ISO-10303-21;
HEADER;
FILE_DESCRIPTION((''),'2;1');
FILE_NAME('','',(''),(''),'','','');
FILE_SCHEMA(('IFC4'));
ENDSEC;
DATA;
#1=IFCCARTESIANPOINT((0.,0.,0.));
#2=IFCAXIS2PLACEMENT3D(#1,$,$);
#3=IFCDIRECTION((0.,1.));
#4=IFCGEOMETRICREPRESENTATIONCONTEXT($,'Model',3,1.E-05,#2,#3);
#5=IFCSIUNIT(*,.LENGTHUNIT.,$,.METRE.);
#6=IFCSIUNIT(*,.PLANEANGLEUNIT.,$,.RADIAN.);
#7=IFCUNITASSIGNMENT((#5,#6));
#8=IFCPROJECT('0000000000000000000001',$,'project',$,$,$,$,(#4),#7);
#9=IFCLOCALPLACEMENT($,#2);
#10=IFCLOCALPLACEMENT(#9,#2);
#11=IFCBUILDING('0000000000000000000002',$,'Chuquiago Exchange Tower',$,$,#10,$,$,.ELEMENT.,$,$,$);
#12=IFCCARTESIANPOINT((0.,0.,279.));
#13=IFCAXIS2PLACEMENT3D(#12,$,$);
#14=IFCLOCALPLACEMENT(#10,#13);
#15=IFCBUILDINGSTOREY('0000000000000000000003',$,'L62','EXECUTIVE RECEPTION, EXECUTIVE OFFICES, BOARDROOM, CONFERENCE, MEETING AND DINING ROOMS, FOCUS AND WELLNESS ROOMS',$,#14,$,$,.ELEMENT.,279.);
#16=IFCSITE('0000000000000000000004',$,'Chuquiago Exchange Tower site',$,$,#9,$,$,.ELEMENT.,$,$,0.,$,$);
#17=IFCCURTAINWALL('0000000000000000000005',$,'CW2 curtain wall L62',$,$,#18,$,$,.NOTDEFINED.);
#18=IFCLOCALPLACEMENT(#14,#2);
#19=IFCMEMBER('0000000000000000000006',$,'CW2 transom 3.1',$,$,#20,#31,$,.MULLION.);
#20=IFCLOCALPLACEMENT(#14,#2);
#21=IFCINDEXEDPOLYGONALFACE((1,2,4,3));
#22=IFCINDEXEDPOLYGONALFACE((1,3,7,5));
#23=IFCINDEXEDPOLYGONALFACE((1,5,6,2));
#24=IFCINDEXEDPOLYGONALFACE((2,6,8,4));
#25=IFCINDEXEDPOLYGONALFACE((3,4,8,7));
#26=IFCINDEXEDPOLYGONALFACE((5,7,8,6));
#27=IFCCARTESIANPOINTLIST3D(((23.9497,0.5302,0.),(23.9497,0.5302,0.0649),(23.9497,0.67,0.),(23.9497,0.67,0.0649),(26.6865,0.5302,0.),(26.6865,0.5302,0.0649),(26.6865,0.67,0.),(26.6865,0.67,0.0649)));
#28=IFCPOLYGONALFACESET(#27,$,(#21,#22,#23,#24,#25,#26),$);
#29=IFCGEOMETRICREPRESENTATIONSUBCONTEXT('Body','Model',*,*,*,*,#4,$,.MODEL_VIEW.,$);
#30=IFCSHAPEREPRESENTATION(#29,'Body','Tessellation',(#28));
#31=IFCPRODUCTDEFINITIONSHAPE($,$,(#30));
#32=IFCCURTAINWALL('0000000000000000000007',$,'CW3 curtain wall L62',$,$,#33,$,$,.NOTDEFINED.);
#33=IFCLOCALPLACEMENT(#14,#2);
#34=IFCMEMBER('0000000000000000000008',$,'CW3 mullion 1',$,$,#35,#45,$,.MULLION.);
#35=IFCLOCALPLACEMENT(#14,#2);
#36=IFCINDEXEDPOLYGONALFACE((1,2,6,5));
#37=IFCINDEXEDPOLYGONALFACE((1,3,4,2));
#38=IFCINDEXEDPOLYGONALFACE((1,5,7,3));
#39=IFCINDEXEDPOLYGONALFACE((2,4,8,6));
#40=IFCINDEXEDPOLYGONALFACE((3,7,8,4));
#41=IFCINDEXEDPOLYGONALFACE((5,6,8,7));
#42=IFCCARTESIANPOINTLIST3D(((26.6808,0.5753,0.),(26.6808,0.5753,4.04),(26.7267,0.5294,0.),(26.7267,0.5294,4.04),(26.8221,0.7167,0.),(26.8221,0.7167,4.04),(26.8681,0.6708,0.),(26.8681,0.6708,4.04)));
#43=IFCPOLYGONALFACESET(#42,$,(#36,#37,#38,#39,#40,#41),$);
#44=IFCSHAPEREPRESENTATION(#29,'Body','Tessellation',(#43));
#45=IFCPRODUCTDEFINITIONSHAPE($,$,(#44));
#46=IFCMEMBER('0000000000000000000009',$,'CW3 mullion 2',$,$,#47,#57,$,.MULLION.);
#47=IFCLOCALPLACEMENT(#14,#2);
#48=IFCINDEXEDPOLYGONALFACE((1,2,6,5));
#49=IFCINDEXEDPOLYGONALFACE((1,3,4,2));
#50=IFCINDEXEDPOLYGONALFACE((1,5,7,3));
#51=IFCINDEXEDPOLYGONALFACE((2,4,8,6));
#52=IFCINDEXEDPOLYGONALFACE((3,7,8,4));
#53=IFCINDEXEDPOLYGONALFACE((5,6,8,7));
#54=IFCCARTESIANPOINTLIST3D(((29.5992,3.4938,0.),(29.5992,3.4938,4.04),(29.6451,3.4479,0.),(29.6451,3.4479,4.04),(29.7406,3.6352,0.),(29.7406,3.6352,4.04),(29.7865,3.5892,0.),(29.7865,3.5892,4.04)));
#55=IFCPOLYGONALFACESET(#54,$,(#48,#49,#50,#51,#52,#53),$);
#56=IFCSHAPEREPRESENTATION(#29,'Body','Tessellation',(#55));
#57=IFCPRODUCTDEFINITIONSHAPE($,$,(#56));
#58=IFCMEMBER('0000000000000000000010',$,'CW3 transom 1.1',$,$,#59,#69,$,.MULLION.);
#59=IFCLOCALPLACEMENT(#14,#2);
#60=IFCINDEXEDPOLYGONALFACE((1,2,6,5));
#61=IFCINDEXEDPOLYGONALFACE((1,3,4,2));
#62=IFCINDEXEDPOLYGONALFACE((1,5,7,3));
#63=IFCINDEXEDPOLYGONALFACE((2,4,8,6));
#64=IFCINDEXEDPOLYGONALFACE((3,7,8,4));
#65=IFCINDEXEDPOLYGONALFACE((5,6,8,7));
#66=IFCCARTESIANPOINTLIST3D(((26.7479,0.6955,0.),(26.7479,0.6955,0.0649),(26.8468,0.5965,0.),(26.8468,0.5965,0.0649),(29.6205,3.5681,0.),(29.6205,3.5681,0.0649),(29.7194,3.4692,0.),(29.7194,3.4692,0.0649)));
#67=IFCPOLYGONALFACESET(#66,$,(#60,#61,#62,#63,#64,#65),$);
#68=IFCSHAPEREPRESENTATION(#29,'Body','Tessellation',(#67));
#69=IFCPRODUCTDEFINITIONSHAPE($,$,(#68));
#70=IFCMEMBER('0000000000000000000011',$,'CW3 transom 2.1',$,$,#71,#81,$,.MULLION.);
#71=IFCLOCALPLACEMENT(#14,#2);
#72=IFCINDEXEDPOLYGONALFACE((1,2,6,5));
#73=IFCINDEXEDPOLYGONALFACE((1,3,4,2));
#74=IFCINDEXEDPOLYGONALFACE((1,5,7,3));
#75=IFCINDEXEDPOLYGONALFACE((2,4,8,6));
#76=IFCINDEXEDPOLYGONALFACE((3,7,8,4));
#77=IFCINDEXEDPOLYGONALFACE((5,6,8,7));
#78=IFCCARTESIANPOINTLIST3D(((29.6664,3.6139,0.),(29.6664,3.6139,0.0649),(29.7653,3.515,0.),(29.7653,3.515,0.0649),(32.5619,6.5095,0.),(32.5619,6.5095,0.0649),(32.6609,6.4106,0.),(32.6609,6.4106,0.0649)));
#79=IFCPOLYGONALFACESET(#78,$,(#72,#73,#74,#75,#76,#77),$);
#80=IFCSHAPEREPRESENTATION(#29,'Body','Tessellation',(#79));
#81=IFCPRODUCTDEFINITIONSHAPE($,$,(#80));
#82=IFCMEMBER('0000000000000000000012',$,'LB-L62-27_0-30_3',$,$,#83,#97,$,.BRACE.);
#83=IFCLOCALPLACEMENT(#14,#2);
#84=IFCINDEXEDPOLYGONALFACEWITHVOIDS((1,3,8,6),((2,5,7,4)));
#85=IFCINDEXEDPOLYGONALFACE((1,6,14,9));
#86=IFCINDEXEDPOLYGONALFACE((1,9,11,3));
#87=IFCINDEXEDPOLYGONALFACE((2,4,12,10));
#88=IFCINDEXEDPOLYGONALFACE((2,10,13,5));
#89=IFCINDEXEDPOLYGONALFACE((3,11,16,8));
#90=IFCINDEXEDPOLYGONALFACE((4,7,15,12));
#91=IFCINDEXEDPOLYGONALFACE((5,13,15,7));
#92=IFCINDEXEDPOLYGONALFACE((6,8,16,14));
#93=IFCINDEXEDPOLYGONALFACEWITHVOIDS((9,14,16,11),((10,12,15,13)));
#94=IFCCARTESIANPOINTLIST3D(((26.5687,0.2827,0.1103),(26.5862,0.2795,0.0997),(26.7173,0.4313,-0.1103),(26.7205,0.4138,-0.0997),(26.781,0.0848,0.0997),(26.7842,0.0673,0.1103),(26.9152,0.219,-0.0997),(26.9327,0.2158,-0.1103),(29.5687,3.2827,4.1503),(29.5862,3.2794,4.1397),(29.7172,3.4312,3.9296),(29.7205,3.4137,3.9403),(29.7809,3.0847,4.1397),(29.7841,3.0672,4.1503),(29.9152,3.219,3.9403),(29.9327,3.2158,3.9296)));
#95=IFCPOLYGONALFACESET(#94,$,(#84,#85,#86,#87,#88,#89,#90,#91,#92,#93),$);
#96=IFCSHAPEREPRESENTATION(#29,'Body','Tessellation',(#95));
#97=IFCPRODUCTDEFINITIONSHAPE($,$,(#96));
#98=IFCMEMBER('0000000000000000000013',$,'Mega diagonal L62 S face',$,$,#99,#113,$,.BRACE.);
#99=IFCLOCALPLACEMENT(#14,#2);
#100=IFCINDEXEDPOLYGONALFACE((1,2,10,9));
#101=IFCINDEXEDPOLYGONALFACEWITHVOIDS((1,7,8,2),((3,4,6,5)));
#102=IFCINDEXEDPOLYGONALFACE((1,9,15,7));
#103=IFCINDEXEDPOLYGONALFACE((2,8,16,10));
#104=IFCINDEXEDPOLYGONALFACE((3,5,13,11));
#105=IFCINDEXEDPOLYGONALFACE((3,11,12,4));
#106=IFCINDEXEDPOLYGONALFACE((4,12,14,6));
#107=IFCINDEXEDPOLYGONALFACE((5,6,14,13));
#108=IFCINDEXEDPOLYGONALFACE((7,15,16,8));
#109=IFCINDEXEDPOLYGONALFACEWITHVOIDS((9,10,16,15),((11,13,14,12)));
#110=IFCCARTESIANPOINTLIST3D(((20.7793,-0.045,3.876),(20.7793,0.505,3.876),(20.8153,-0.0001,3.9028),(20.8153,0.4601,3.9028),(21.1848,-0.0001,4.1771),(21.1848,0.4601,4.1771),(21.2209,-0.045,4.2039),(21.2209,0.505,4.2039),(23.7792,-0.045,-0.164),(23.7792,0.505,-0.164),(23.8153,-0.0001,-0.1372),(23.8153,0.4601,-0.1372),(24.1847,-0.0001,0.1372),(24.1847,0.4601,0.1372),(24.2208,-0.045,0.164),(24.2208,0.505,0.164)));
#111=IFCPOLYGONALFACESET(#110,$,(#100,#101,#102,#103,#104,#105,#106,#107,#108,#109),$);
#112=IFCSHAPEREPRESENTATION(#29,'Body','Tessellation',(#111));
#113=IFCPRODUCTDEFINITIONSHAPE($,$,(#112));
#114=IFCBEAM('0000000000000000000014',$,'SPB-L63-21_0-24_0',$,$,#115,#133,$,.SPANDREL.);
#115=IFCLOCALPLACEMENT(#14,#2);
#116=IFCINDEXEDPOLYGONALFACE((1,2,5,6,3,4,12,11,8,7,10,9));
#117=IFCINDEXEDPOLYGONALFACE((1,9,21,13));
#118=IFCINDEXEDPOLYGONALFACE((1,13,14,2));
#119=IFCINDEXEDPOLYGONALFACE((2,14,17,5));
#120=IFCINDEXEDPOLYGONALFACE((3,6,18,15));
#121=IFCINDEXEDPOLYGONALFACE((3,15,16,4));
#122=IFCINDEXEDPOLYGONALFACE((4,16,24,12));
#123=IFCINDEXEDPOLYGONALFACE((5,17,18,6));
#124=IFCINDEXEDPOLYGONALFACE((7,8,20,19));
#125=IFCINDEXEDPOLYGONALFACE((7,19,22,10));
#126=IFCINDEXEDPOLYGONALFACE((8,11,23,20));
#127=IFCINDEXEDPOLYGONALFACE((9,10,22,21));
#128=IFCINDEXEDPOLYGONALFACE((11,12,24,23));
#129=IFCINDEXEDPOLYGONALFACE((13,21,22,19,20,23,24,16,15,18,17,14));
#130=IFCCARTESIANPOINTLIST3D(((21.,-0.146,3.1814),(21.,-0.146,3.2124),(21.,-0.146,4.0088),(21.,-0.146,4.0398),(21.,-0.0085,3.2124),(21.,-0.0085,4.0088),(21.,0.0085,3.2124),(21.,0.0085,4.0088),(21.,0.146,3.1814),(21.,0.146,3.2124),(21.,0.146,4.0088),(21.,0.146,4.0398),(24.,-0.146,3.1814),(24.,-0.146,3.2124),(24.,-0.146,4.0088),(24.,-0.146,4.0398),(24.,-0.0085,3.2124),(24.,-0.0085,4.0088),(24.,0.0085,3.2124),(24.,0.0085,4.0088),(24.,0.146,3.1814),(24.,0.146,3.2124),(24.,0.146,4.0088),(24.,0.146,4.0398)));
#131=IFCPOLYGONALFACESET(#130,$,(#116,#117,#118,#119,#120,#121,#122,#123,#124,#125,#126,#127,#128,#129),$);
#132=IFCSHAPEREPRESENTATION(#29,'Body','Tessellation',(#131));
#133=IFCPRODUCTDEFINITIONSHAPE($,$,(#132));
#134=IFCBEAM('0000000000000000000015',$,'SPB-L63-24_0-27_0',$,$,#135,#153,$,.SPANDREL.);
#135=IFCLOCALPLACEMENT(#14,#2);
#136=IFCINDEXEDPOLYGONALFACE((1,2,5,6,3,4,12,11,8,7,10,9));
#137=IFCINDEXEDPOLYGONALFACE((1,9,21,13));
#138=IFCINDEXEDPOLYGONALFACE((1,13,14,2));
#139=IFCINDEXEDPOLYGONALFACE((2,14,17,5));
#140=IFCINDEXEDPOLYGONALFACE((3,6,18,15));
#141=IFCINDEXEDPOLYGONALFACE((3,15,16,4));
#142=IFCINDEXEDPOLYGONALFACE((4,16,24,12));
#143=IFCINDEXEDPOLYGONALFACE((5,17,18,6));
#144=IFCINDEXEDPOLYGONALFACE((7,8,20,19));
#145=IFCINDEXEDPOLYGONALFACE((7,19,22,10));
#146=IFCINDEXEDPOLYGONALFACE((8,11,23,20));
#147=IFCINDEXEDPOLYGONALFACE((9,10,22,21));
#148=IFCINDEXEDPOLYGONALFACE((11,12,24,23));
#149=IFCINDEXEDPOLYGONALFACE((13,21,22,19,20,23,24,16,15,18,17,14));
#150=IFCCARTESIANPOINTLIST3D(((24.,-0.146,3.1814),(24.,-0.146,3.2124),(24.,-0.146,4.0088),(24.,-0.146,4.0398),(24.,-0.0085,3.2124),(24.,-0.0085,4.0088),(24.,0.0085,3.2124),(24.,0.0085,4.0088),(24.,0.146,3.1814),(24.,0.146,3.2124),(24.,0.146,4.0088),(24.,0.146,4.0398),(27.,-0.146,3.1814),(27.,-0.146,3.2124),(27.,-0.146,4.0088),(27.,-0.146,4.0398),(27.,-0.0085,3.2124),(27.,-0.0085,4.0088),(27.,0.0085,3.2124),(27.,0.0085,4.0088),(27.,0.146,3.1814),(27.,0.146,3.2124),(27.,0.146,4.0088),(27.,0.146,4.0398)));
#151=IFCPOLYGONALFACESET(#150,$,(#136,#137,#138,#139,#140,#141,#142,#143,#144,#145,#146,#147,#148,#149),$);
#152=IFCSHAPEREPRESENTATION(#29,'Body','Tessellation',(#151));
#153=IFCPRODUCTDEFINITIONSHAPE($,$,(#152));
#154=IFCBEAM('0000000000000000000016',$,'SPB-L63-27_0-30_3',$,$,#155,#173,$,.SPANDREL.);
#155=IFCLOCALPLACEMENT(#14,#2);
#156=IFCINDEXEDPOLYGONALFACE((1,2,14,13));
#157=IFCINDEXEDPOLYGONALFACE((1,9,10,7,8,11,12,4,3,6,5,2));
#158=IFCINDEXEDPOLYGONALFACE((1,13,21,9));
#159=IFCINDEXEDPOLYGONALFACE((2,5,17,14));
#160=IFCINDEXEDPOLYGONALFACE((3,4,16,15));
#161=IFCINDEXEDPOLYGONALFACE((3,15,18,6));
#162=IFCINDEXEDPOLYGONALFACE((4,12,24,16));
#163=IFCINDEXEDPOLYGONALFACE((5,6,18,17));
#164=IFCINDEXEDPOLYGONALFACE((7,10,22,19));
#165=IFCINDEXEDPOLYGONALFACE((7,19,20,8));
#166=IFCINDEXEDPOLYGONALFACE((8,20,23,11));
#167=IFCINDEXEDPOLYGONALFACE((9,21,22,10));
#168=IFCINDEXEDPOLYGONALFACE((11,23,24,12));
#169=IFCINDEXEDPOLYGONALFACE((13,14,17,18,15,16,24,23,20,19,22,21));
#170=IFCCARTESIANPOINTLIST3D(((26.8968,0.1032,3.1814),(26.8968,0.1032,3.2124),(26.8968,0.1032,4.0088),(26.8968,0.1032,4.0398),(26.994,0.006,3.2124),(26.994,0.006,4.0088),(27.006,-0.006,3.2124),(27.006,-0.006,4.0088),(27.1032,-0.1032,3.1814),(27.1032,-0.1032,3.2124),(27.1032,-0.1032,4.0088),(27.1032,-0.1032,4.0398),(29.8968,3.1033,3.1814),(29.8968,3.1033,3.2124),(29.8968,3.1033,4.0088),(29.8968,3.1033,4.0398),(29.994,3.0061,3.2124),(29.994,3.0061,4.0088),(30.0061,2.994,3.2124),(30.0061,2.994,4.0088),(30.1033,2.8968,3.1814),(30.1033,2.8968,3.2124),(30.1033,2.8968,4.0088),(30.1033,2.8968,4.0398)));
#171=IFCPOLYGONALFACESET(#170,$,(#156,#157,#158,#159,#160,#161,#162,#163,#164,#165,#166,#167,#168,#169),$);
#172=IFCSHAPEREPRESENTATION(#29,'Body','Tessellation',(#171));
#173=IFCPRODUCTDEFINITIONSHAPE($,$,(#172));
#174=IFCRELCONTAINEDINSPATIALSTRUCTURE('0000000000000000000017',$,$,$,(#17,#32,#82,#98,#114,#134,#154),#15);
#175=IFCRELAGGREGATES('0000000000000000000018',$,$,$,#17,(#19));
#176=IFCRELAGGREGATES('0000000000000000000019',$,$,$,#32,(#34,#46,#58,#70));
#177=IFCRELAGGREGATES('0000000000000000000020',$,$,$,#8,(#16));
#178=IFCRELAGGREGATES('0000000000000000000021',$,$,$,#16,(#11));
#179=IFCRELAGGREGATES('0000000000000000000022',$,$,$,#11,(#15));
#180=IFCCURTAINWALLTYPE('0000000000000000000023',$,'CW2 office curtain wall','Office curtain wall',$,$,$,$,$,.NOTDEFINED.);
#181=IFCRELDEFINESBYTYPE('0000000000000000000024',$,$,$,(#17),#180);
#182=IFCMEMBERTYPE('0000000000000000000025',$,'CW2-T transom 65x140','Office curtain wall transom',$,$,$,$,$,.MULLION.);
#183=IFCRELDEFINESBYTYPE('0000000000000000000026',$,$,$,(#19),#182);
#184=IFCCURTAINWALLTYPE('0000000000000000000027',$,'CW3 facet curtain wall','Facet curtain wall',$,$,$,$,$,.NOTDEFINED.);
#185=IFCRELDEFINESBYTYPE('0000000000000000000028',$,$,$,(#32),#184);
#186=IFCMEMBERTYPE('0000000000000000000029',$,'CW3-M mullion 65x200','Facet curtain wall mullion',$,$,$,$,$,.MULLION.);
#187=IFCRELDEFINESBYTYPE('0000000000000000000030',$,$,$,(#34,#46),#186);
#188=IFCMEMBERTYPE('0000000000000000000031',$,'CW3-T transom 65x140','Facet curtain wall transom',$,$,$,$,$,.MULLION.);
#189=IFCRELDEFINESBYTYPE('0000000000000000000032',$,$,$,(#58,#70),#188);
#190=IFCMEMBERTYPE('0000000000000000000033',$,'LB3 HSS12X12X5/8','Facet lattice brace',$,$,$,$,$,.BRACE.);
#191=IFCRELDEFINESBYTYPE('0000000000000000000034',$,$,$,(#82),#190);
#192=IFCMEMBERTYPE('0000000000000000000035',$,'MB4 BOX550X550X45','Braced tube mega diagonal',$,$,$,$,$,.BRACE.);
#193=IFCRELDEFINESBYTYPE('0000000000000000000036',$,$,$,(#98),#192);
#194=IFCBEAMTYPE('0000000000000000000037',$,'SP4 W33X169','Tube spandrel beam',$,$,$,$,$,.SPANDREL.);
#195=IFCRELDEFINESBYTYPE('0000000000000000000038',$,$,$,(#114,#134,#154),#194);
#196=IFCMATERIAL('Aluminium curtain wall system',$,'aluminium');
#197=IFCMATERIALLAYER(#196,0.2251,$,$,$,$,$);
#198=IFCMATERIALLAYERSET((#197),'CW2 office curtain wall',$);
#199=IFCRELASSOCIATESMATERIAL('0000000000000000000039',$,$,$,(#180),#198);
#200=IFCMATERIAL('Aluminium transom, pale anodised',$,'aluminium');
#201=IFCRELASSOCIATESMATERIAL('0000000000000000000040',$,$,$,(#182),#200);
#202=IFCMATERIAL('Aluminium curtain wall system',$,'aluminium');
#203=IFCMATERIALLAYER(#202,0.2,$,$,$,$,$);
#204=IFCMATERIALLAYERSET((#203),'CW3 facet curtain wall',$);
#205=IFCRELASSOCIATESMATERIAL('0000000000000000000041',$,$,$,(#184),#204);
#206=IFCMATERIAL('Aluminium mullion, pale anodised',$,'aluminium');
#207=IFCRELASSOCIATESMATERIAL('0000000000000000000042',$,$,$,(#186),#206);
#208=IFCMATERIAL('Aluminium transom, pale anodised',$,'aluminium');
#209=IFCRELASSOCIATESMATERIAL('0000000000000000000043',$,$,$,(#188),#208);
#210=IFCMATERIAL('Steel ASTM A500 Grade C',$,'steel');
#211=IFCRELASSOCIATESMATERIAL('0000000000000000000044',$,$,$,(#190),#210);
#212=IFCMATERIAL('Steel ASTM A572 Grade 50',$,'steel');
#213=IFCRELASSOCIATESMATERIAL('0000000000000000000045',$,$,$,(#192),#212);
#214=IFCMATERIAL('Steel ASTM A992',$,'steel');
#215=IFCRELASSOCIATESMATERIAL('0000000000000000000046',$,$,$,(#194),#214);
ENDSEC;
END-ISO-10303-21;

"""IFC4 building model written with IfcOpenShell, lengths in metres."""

from ifc_helpers import new_model, si_unit, direction, frame, origin, origin_2d, place, context, subcontext, project, spatial, rectangle, hollow_rectangle, i_section, extrude, material, layer, layer_set, material_profile, profile_set, type_object, element, aggregate, save


model = new_model("IFC4")

# Units and contexts
model_context = context("Model", 3, precision=1e-05, world=origin(), true_north=direction((0.0, 1.0)))
body_context = subcontext(model_context, "Body", "Model", "MODEL_VIEW")
ifc_project = project(units=[si_unit("LENGTHUNIT", "METRE"), si_unit("PLANEANGLEUNIT", "RADIAN")], contexts=[model_context])

# Site, building, storey
site_placement = place(None, origin())
site = spatial("IfcSite", under=ifc_project, at=site_placement, Name="Chuquiago Exchange Tower site", CompositionType="ELEMENT", RefElevation=0.0)
building_placement = place(site_placement, origin())
building = spatial("IfcBuilding", under=site, at=building_placement, Name="Chuquiago Exchange Tower", CompositionType="ELEMENT")
storey_placement = place(building_placement, frame((0.0, 0.0, 279.0)))
storey = spatial("IfcBuildingStorey", under=building, at=storey_placement, Name="L62", Description="EXECUTIVE RECEPTION, EXECUTIVE OFFICES, BOARDROOM, CONFERENCE, MEETING AND DINING ROOMS, FOCUS AND WELLNESS ROOMS", CompositionType="ELEMENT", Elevation=279.0)

# Curtain walls, members
ifc_material_1 = material(Name="Aluminium curtain wall system", Category="aluminium")
ifc_layer_1 = layer(ifc_material_1, 0.2251)
ifc_layer_set_1 = layer_set([ifc_layer_1], Name="CW2 office curtain wall")
curtain_wall_type_1 = type_object("IfcCurtainWallType", Name="CW2 office curtain wall", Description="Office curtain wall", PredefinedType="NOTDEFINED", material=ifc_layer_set_1)
curtain_wall_1_placement = place(storey_placement, origin())
curtain_wall_1 = element("IfcCurtainWall", 1, at=curtain_wall_1_placement, inside=storey, type_object=curtain_wall_type_1, Name="CW2 curtain wall L62", PredefinedType="NOTDEFINED")
ifc_material_2 = material(Name="Aluminium transom, pale anodised", Category="aluminium")
ifc_material_profile_1 = material_profile(ifc_material_2, rectangle(XDim=0.1399, YDim=0.0649, at=origin_2d()), Name="AL 140x65")
ifc_profile_set_1 = profile_set([ifc_material_profile_1], Name="Aluminium transom, pale anodised")
member_type_1 = type_object("IfcMemberType", Name="CW2-T transom 65x140", Description="Office curtain wall transom", PredefinedType="MULLION", material=ifc_profile_set_1)
member_1_placement = place(storey_placement, frame((23.9497, 0.6001, 0.0325), z_axis=(1.0, 0.0, 0.0), x_axis=(0.0, 1.0, 0.0)))
member_1 = element("IfcMember", 2, at=member_1_placement, type_object=member_type_1, Name="CW2 transom 3.1", PredefinedType="MULLION", context=body_context, shape_type="SweptSolid", body=[
    extrude(rectangle(XDim=0.1399, YDim=0.0649, at=origin_2d()), origin(), (0.0, 0.0, 1.0), 2.7368),
])
ifc_material_3 = material(Name="Aluminium curtain wall system", Category="aluminium")
ifc_layer_2 = layer(ifc_material_3, 0.2)
ifc_layer_set_2 = layer_set([ifc_layer_2], Name="CW3 facet curtain wall")
curtain_wall_type_2 = type_object("IfcCurtainWallType", Name="CW3 facet curtain wall", Description="Facet curtain wall", PredefinedType="NOTDEFINED", material=ifc_layer_set_2)
curtain_wall_2_placement = place(storey_placement, origin())
curtain_wall_2 = element("IfcCurtainWall", 3, at=curtain_wall_2_placement, inside=storey, type_object=curtain_wall_type_2, Name="CW3 curtain wall L62", PredefinedType="NOTDEFINED")
ifc_material_4 = material(Name="Aluminium mullion, pale anodised", Category="aluminium")
ifc_material_profile_2 = material_profile(ifc_material_4, rectangle(XDim=0.0649, YDim=0.2, at=origin_2d()), Name="AL 65x200")
ifc_profile_set_2 = profile_set([ifc_material_profile_2], Name="Aluminium mullion, pale anodised")
member_type_2 = type_object("IfcMemberType", Name="CW3-M mullion 65x200", Description="Facet curtain wall mullion", PredefinedType="MULLION", material=ifc_profile_set_2)
member_2_placement = place(storey_placement, frame((26.7744, 0.623, 0.0), z_axis=(0.0, 0.0, 1.0), x_axis=(-0.707107, 0.707107, 0.0)))
member_2 = element("IfcMember", 4, at=member_2_placement, type_object=member_type_2, Name="CW3 mullion 1", PredefinedType="MULLION", context=body_context, shape_type="SweptSolid", body=[
    extrude(rectangle(XDim=0.0649, YDim=0.2, at=origin_2d()), origin(), (0.0, 0.0, 1.0), 4.04),
])
member_3_placement = place(storey_placement, frame((29.6929, 3.5415, 0.0), z_axis=(0.0, 0.0, 1.0), x_axis=(-0.707107, 0.707107, 0.0)))
member_3 = element("IfcMember", 5, at=member_3_placement, type_object=member_type_2, Name="CW3 mullion 2", PredefinedType="MULLION", context=body_context, shape_type="SweptSolid", body=[
    extrude(rectangle(XDim=0.0649, YDim=0.2, at=origin_2d()), origin(), (0.0, 0.0, 1.0), 4.04),
])
ifc_material_5 = material(Name="Aluminium transom, pale anodised", Category="aluminium")
ifc_material_profile_3 = material_profile(ifc_material_5, rectangle(XDim=0.1399, YDim=0.0649, at=origin_2d()), Name="AL 140x65")
ifc_profile_set_3 = profile_set([ifc_material_profile_3], Name="Aluminium transom, pale anodised")
member_type_3 = type_object("IfcMemberType", Name="CW3-T transom 65x140", Description="Facet curtain wall transom", PredefinedType="MULLION", material=ifc_profile_set_3)
member_4_placement = place(storey_placement, frame((26.7974, 0.646, 0.0325), z_axis=(0.707107, 0.707107, 0.0), x_axis=(-0.707107, 0.707107, 0.0)))
member_4 = element("IfcMember", 6, at=member_4_placement, type_object=member_type_3, Name="CW3 transom 1.1", PredefinedType="MULLION", context=body_context, shape_type="SweptSolid", body=[
    extrude(rectangle(XDim=0.1399, YDim=0.0649, at=origin_2d()), origin(), (0.0, 0.0, 1.0), 4.0625),
])
member_5_placement = place(storey_placement, frame((29.7158, 3.5645, 0.0325), z_axis=(0.707107, 0.707107, 0.0), x_axis=(-0.707107, 0.707107, 0.0)))
member_5 = element("IfcMember", 7, at=member_5_placement, type_object=member_type_3, Name="CW3 transom 2.1", PredefinedType="MULLION", context=body_context, shape_type="SweptSolid", body=[
    extrude(rectangle(XDim=0.1399, YDim=0.0649, at=origin_2d()), origin(), (0.0, 0.0, 1.0), 4.095),
])

# Members
ifc_material_6 = material(Name="Steel ASTM A500 Grade C", Category="steel")
ifc_material_profile_4 = material_profile(ifc_material_6, hollow_rectangle(XDim=0.3047, YDim=0.3047, WallThickness=0.0146, at=origin_2d()), Name="HSS12X12X5/8")
ifc_profile_set_4 = profile_set([ifc_material_profile_4], Name="Steel ASTM A500 Grade C")
member_type_4 = type_object("IfcMemberType", Name="LB3 HSS12X12X5/8", Description="Facet lattice brace", PredefinedType="BRACE", material=ifc_profile_set_4)
member_6_placement = place(storey_placement, frame((26.7507, 0.2493, 0.0), z_axis=(0.512077, 0.512077, 0.689604), x_axis=(-0.707107, 0.707107, 0.0)))
element("IfcMember", 8, at=member_6_placement, inside=storey, type_object=member_type_4, Name="LB-L62-27_0-30_3", PredefinedType="BRACE", context=body_context, shape_type="SweptSolid", body=[
    extrude(hollow_rectangle(XDim=0.3047, YDim=0.3047, WallThickness=0.0146, at=origin_2d()), origin(), (0.0, 0.0, 1.0), 5.8584),
])
ifc_material_7 = material(Name="Steel ASTM A572 Grade 50", Category="steel")
ifc_material_profile_5 = material_profile(ifc_material_7, hollow_rectangle(XDim=0.55, YDim=0.55, WallThickness=0.0449, at=origin_2d()), Name="BOX550X550X45")
ifc_profile_set_5 = profile_set([ifc_material_profile_5], Name="Steel ASTM A572 Grade 50")
member_type_5 = type_object("IfcMemberType", Name="MB4 BOX550X550X45", Description="Braced tube mega diagonal", PredefinedType="BRACE", material=ifc_profile_set_5)
member_7_placement = place(storey_placement, frame((24.0, 0.23, 0.0), z_axis=(-0.596174, 0.0, 0.802855), x_axis=(0.0, -1.0, 0.0)))
element("IfcMember", 9, at=member_7_placement, inside=storey, type_object=member_type_5, Name="Mega diagonal L62 S face", PredefinedType="BRACE", context=body_context, shape_type="SweptSolid", body=[
    extrude(hollow_rectangle(XDim=0.55, YDim=0.55, WallThickness=0.0449, at=origin_2d()), origin(), (0.0, 0.0, 1.0), 5.032),
])

# Beams
ifc_material_8 = material(Name="Steel ASTM A992", Category="steel")
ifc_material_profile_6 = material_profile(ifc_material_8, i_section(OverallWidth=0.292, OverallDepth=0.8584, WebThickness=0.0171, FlangeThickness=0.031, at=origin_2d()), Name="W33X169")
ifc_profile_set_6 = profile_set([ifc_material_profile_6], Name="Steel ASTM A992")
beam_type = type_object("IfcBeamType", Name="SP4 W33X169", Description="Tube spandrel beam", PredefinedType="SPANDREL", material=ifc_profile_set_6)
for number, where, z_axis, x_axis, name in (
    (10, (21.0, 0.0, 3.6106), (1.0, 0.0, 0.0), (0.0, 1.0, 0.0), "SPB-L63-21_0-24_0"),
    (11, (24.0, 0.0, 3.6106), (1.0, 0.0, 0.0), (0.0, 1.0, 0.0), "SPB-L63-24_0-27_0"),
):
    element("IfcBeam", number, at=place(storey_placement, frame(where, z_axis=z_axis, x_axis=x_axis)), inside=storey, type_object=beam_type, Name=name, PredefinedType="SPANDREL", context=body_context, shape_type="SweptSolid", body=[
        extrude(i_section(OverallWidth=0.292, OverallDepth=0.8584, WebThickness=0.0171, FlangeThickness=0.031, at=origin_2d()), origin(), (0.0, 0.0, 1.0), 3.0),
    ])
for number, where, z_axis, x_axis, name in (
    (12, (27.0, 0.0, 3.6106), (0.707107, 0.707107, 0.0), (-0.707107, 0.707107, 0.0), "SPB-L63-27_0-30_3"),
):
    element("IfcBeam", number, at=place(storey_placement, frame(where, z_axis=z_axis, x_axis=x_axis)), inside=storey, type_object=beam_type, Name=name, PredefinedType="SPANDREL", context=body_context, shape_type="SweptSolid", body=[
        extrude(i_section(OverallWidth=0.292, OverallDepth=0.8584, WebThickness=0.0171, FlangeThickness=0.031, at=origin_2d()), origin(), (0.0, 0.0, 1.0), 4.2427),
    ])

aggregate(curtain_wall_1, [member_1])
aggregate(curtain_wall_2, [member_2, member_3, member_4, member_5])

save(model, "model.ifc")
